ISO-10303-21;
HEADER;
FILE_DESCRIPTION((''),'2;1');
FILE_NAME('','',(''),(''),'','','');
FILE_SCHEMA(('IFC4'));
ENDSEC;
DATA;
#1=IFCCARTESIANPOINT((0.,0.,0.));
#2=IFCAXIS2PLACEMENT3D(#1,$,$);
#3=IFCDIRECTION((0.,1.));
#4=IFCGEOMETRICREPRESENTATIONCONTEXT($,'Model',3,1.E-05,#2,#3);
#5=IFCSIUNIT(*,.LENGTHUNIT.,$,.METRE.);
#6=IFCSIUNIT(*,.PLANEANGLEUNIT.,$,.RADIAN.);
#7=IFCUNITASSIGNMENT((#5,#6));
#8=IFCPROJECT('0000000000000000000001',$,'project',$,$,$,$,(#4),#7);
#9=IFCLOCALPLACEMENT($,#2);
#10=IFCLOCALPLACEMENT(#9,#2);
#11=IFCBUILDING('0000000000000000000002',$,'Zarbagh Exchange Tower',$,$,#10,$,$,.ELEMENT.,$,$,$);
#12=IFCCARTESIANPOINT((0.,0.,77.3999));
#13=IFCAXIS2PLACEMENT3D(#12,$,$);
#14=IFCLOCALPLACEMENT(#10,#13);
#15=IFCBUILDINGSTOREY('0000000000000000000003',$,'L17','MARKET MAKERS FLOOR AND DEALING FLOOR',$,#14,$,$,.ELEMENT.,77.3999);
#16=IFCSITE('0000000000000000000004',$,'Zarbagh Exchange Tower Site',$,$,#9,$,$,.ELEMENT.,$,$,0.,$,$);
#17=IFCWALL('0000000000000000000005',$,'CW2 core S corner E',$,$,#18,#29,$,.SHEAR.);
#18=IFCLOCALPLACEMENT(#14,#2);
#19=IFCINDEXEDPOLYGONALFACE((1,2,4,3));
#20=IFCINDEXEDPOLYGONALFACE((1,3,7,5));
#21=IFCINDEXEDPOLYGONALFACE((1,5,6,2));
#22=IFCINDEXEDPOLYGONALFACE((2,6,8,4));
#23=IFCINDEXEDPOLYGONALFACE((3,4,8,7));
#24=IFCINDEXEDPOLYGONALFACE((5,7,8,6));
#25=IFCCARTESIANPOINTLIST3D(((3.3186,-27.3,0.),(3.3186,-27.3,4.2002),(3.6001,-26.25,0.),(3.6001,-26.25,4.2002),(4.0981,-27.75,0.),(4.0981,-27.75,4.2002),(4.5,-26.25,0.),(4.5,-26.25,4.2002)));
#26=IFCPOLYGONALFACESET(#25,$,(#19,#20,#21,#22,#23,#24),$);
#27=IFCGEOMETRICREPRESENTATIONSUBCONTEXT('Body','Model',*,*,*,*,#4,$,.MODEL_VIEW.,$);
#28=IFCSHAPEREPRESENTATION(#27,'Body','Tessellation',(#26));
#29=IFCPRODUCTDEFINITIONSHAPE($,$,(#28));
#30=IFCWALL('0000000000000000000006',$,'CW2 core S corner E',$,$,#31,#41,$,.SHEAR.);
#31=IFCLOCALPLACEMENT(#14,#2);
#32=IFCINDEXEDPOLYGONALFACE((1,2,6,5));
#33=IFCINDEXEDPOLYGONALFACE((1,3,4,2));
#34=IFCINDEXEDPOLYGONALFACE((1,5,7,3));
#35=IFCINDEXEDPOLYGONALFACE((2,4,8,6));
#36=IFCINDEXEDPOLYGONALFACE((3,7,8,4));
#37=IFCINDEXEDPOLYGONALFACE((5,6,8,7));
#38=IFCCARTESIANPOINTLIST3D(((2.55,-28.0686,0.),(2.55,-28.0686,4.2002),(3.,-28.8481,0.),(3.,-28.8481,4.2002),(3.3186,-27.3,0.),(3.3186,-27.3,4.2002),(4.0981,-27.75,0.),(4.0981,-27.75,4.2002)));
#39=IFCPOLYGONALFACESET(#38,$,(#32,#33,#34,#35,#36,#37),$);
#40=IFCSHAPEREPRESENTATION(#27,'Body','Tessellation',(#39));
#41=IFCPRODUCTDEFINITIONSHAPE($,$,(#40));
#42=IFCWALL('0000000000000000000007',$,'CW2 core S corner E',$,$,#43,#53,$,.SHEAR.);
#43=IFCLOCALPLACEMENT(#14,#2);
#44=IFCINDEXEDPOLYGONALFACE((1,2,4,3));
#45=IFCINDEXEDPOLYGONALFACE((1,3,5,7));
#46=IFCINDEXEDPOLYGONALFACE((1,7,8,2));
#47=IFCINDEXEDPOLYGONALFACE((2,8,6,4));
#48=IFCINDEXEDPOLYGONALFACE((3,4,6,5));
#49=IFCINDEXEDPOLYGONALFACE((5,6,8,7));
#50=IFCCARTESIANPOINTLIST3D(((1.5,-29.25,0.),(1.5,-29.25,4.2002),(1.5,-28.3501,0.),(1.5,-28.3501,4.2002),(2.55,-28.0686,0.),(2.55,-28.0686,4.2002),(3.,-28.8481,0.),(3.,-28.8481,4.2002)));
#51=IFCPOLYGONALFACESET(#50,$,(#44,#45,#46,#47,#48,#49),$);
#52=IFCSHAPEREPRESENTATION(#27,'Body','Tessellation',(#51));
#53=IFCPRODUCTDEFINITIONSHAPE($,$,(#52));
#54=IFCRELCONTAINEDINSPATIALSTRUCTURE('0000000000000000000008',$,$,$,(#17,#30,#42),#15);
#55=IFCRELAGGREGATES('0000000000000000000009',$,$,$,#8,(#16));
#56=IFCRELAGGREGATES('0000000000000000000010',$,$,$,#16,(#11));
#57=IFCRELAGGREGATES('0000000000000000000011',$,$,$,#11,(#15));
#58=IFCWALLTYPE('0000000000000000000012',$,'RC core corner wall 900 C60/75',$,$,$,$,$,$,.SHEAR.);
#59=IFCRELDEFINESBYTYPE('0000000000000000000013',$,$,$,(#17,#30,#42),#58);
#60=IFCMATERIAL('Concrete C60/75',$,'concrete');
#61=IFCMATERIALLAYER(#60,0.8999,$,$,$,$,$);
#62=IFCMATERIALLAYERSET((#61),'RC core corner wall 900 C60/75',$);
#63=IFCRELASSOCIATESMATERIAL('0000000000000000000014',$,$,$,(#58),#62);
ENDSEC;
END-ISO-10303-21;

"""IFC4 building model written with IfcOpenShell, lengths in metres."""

from ifc_helpers import new_model, si_unit, direction, frame, origin, place, context, subcontext, project, spatial, polyline, outline, extrude, material, layer, layer_set, type_object, element, save


model = new_model("IFC4")

# Units and contexts
model_context = context("Model", 3, precision=1e-05, world=origin(), true_north=direction((0.0, 1.0)))
body_context = subcontext(model_context, "Body", "Model", "MODEL_VIEW")
ifc_project = project(units=[si_unit("LENGTHUNIT", "METRE"), si_unit("PLANEANGLEUNIT", "RADIAN")], contexts=[model_context])

# Site, building, storey
site_placement = place(None, origin())
site = spatial("IfcSite", under=ifc_project, at=site_placement, Name="Zarbagh Exchange Tower Site", CompositionType="ELEMENT", RefElevation=0.0)
building_placement = place(site_placement, origin())
building = spatial("IfcBuilding", under=site, at=building_placement, Name="Zarbagh Exchange Tower", CompositionType="ELEMENT")
storey_placement = place(building_placement, frame((0.0, 0.0, 77.3999)))
storey = spatial("IfcBuildingStorey", under=building, at=storey_placement, Name="L17", Description="MARKET MAKERS FLOOR AND DEALING FLOOR", CompositionType="ELEMENT", Elevation=77.3999)

# Walls
ifc_material_1 = material(Name="Concrete C60/75", Category="concrete")
ifc_layer_1 = layer(ifc_material_1, 0.8999)
ifc_layer_set_1 = layer_set([ifc_layer_1], Name="RC core corner wall 900 C60/75")
wall_type = type_object("IfcWallType", Name="RC core corner wall 900 C60/75", PredefinedType="SHEAR", material=ifc_layer_set_1)
wall_1_placement = place(storey_placement, origin())
element("IfcWall", 1, at=wall_1_placement, inside=storey, type_object=wall_type, Name="CW2 core S corner E", PredefinedType="SHEAR", context=body_context, shape_type="SweptSolid", body=[
    extrude(outline(polyline([(4.5, -26.25), (4.0981, -27.75), (3.3186, -27.3), (3.6001, -26.25), (4.5, -26.25)])), origin(), (0.0, 0.0, 1.0), 4.2002),
])
wall_2_placement = place(storey_placement, origin())
element("IfcWall", 2, at=wall_2_placement, inside=storey, type_object=wall_type, Name="CW2 core S corner E", PredefinedType="SHEAR", context=body_context, shape_type="SweptSolid", body=[
    extrude(outline(polyline([(4.0981, -27.75), (3.0, -28.8481), (2.55, -28.0686), (3.3186, -27.3), (4.0981, -27.75)])), origin(), (0.0, 0.0, 1.0), 4.2002),
])
wall_3_placement = place(storey_placement, origin())
element("IfcWall", 3, at=wall_3_placement, inside=storey, type_object=wall_type, Name="CW2 core S corner E", PredefinedType="SHEAR", context=body_context, shape_type="SweptSolid", body=[
    extrude(outline(polyline([(3.0, -28.8481), (1.5, -29.25), (1.5, -28.3501), (2.55, -28.0686), (3.0, -28.8481)])), origin(), (0.0, 0.0, 1.0), 4.2002),
])

save(model, "model.ifc")
